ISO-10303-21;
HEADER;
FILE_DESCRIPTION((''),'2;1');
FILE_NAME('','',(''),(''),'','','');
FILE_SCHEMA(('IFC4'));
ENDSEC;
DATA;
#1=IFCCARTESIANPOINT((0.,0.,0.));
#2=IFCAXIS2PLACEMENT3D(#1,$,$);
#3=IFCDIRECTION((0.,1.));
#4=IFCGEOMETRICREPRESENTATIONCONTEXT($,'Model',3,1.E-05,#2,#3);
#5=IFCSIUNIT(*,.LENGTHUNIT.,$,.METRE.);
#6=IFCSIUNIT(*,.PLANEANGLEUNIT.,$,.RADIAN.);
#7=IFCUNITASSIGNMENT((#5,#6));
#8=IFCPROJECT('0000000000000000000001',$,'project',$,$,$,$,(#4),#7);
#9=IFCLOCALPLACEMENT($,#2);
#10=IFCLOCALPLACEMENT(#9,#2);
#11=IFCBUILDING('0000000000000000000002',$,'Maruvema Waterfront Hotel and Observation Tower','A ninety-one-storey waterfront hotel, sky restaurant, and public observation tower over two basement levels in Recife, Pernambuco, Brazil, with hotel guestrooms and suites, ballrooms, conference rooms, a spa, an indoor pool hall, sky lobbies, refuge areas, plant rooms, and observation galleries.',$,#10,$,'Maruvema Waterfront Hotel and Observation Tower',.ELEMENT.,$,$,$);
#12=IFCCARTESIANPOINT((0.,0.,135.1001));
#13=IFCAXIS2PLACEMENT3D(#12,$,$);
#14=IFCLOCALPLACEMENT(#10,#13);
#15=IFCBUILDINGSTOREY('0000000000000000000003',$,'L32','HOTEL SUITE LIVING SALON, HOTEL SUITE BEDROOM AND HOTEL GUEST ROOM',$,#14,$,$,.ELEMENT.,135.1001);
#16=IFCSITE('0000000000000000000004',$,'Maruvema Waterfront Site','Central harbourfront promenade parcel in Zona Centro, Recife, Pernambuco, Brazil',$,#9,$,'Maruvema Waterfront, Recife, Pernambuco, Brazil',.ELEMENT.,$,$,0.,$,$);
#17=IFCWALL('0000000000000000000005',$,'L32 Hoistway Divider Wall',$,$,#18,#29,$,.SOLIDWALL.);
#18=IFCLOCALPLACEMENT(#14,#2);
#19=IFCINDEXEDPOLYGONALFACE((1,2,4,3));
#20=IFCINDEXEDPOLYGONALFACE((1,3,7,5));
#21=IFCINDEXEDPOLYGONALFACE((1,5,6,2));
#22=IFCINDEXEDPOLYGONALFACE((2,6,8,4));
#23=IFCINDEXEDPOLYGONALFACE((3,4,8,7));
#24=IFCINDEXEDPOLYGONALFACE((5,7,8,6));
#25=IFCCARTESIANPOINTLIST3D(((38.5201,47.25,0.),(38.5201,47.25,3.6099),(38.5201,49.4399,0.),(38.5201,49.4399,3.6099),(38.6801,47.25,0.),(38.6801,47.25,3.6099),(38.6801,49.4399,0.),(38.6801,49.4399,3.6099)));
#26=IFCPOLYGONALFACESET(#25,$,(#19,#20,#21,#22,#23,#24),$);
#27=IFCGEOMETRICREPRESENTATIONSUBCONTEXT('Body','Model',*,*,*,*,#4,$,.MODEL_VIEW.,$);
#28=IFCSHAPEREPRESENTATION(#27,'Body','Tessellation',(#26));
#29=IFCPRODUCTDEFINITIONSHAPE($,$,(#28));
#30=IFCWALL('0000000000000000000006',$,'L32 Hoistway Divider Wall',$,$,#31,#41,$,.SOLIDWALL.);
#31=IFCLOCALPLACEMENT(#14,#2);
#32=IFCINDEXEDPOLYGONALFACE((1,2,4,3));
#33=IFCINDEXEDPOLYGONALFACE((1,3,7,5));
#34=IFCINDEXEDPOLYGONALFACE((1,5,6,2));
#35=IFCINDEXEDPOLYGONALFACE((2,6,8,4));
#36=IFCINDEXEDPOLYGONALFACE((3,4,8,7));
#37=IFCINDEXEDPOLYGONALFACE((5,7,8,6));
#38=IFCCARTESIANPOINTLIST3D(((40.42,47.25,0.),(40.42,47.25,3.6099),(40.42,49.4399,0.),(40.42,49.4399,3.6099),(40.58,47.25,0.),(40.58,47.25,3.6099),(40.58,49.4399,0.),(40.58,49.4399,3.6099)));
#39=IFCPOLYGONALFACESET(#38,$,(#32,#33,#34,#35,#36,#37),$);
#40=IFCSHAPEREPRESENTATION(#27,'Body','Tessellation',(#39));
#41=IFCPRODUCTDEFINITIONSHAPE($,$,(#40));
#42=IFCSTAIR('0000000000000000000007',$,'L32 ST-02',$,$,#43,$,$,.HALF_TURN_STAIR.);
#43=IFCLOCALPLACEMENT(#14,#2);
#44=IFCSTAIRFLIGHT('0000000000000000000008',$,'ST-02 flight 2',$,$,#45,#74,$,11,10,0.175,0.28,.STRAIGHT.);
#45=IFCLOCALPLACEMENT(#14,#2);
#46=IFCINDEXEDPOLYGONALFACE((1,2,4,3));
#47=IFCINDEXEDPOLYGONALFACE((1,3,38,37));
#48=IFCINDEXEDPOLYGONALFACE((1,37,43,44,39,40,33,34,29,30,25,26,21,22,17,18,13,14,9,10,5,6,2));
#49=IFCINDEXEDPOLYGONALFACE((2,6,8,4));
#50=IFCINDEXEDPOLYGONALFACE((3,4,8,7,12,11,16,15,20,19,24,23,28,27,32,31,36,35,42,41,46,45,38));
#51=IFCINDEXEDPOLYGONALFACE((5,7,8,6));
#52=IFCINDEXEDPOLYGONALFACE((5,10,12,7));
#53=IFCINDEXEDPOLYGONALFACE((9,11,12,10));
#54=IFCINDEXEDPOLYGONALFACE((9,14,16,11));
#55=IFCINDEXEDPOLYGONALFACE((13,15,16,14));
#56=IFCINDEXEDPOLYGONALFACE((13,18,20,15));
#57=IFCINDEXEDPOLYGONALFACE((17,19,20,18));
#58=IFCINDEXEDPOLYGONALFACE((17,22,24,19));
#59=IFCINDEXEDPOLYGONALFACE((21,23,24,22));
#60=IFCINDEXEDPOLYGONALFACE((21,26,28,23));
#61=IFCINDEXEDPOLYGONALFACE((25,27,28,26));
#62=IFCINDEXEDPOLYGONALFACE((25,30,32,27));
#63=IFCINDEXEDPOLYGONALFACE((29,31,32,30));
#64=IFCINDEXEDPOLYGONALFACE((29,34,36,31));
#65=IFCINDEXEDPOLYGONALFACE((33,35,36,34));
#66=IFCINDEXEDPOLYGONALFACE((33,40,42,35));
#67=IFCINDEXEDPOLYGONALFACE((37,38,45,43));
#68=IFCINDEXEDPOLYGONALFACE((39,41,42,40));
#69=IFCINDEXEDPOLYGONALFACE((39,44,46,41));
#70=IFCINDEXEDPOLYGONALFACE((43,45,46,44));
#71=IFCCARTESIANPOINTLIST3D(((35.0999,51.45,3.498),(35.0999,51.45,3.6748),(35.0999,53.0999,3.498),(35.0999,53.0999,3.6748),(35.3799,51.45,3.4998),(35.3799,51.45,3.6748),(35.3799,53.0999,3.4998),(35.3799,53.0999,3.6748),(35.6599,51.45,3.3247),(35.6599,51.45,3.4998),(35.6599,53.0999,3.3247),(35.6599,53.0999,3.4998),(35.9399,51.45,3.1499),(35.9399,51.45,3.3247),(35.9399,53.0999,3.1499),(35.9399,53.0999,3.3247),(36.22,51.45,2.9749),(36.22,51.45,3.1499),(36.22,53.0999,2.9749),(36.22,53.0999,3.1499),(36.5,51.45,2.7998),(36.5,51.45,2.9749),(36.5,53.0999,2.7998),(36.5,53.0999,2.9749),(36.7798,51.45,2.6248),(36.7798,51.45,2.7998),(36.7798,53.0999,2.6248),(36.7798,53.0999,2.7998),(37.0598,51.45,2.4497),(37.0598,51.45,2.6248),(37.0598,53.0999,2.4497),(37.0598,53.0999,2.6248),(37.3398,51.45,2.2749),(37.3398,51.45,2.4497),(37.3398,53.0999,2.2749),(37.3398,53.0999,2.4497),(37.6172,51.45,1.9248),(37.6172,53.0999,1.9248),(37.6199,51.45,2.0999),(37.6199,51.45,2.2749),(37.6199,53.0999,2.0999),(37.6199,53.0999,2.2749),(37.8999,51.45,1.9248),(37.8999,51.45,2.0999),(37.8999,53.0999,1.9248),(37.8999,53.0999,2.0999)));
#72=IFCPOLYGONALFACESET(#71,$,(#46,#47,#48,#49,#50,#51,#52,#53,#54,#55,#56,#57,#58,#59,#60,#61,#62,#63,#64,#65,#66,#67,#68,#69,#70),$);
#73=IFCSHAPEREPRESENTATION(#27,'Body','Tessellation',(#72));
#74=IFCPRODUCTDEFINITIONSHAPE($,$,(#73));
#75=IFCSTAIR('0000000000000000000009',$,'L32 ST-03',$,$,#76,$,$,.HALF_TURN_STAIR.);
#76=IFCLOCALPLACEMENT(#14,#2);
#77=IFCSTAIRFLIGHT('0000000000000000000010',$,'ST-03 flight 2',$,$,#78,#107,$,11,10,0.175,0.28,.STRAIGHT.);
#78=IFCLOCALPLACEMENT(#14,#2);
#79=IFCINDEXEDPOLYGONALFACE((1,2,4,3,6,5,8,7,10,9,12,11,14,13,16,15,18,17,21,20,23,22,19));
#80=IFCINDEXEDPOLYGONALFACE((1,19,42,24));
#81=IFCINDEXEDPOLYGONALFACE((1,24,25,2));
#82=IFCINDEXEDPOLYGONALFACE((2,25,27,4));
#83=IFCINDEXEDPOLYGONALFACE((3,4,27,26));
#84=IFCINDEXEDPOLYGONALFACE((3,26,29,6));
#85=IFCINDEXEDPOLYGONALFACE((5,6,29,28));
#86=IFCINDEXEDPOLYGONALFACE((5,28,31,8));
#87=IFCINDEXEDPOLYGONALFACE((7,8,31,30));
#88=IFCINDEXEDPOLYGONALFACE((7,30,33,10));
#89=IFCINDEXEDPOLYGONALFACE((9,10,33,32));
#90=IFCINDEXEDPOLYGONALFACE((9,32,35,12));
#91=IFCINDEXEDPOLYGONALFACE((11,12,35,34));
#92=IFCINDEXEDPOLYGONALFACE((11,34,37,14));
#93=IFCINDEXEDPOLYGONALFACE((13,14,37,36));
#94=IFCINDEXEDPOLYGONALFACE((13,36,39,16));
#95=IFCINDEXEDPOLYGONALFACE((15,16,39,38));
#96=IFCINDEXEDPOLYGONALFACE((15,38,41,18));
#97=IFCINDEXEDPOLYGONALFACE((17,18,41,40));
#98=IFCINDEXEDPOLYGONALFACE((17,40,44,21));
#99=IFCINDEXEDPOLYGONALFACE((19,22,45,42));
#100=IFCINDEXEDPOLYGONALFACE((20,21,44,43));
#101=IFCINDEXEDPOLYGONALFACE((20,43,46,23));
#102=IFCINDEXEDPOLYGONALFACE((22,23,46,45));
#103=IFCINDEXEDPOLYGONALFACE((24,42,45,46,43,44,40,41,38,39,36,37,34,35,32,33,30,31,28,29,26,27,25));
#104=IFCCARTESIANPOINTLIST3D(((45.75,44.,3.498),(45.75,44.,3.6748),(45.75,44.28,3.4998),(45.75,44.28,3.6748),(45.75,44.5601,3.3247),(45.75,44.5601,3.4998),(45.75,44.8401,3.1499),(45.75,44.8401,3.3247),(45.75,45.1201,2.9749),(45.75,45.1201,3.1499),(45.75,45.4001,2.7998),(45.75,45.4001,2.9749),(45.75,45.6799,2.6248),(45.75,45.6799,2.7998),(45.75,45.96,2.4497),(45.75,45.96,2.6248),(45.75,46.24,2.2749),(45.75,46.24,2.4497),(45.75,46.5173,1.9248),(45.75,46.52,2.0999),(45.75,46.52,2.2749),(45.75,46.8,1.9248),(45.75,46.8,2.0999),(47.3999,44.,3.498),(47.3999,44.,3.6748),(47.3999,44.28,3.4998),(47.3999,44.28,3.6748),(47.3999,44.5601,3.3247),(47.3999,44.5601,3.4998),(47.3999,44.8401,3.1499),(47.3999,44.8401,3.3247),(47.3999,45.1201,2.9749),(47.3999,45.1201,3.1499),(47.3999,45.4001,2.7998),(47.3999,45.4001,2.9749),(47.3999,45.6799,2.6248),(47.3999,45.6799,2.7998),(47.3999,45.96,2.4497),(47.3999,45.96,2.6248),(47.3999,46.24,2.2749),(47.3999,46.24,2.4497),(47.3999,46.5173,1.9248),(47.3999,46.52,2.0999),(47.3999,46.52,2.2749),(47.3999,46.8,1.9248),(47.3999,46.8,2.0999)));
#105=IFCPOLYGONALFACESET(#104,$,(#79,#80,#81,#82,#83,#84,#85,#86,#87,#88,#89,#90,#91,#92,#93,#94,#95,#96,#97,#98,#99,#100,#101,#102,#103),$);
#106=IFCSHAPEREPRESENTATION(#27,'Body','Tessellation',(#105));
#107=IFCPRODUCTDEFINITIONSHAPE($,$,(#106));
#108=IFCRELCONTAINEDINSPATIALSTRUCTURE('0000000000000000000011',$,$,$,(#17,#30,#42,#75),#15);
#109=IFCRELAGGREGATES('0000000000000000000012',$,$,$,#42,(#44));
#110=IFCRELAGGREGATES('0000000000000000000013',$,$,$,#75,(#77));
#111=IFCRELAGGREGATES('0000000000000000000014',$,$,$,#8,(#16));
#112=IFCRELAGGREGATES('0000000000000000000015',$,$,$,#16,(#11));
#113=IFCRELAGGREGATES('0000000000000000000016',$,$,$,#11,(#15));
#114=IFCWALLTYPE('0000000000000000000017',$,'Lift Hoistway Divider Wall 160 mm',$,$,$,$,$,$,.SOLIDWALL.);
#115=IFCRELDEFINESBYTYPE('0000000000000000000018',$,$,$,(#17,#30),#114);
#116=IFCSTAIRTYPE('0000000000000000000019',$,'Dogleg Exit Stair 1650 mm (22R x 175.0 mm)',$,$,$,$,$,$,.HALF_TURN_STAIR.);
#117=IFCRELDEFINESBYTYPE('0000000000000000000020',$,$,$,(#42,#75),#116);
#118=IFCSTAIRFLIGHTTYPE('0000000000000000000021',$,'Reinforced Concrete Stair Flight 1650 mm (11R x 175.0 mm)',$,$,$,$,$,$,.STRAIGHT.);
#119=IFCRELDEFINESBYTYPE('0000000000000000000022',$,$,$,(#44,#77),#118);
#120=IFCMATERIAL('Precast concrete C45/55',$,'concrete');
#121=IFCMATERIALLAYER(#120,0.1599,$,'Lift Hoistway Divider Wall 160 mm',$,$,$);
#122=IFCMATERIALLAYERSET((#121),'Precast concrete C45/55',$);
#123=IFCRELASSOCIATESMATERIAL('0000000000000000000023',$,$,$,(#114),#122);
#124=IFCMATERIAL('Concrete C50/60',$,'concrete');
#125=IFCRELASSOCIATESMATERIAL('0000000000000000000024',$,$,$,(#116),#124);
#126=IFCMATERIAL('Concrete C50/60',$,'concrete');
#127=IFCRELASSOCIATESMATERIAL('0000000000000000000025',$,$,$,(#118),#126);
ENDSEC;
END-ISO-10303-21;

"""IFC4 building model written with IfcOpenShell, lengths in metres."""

from ifc_helpers import new_model, si_unit, direction, frame, frame_2d, origin, place, context, subcontext, project, spatial, polyline, rectangle, outline, extrude, material, layer, layer_set, type_object, element, aggregate, save


model = new_model("IFC4")

# Units and contexts
model_context = context("Model", 3, precision=1e-05, world=origin(), true_north=direction((0.0, 1.0)))
body_context = subcontext(model_context, "Body", "Model", "MODEL_VIEW")
ifc_project = project(units=[si_unit("LENGTHUNIT", "METRE"), si_unit("PLANEANGLEUNIT", "RADIAN")], contexts=[model_context])

# Site, building, storey
site_placement = place(None, origin())
site = spatial("IfcSite", under=ifc_project, at=site_placement, Name="Maruvema Waterfront Site", Description="Central harbourfront promenade parcel in Zona Centro, Recife, Pernambuco, Brazil", LongName="Maruvema Waterfront, Recife, Pernambuco, Brazil", CompositionType="ELEMENT", RefElevation=0.0)
building_placement = place(site_placement, origin())
building = spatial("IfcBuilding", under=site, at=building_placement, Name="Maruvema Waterfront Hotel and Observation Tower", Description="A ninety-one-storey waterfront hotel, sky restaurant, and public observation tower over two basement levels in Recife, Pernambuco, Brazil, with hotel guestrooms and suites, ballrooms, conference rooms, a spa, an indoor pool hall, sky lobbies, refuge areas, plant rooms, and observation galleries.", LongName="Maruvema Waterfront Hotel and Observation Tower", CompositionType="ELEMENT")
storey_placement = place(building_placement, frame((0.0, 0.0, 135.1001)))
storey = spatial("IfcBuildingStorey", under=building, at=storey_placement, Name="L32", Description="HOTEL SUITE LIVING SALON, HOTEL SUITE BEDROOM AND HOTEL GUEST ROOM", CompositionType="ELEMENT", Elevation=135.1001)

# Walls
ifc_material_1 = material(Name="Precast concrete C45/55", Category="concrete")
ifc_layer_1 = layer(ifc_material_1, 0.1599, Name="Lift Hoistway Divider Wall 160 mm")
ifc_layer_set_1 = layer_set([ifc_layer_1], Name="Precast concrete C45/55")
wall_type_1 = type_object("IfcWallType", Name="Lift Hoistway Divider Wall 160 mm", PredefinedType="SOLIDWALL", material=ifc_layer_set_1)
for number, where, z_axis, x_axis, name in (
    (1, (38.6001, 47.25, 0.0), (0.0, 0.0, 1.0), (0.0, 1.0, 0.0), "L32 Hoistway Divider Wall"),
    (2, (40.5, 47.25, 0.0), (0.0, 0.0, 1.0), (0.0, 1.0, 0.0), "L32 Hoistway Divider Wall"),
):
    element("IfcWall", number, at=place(storey_placement, frame(where, z_axis=z_axis, x_axis=x_axis)), inside=storey, type_object=wall_type_1, Name=name, PredefinedType="SOLIDWALL", context=body_context, shape_type="SweptSolid", body=[
        extrude(rectangle(XDim=2.1899, YDim=0.1599, at=frame_2d((1.095, 0.0))), origin(), (0.0, 0.0, 1.0), 3.6099),
    ])

# Stairs, stair flights
ifc_material_2 = material(Name="Concrete C50/60", Category="concrete")
stair_type = type_object("IfcStairType", Name="Dogleg Exit Stair 1650 mm (22R x 175.0 mm)", PredefinedType="HALF_TURN_STAIR", material=ifc_material_2)
stair_1_placement = place(storey_placement, origin())
stair_1 = element("IfcStair", 3, at=stair_1_placement, inside=storey, type_object=stair_type, Name="L32 ST-02", PredefinedType="HALF_TURN_STAIR")
ifc_material_3 = material(Name="Concrete C50/60", Category="concrete")
stair_flight_type = type_object("IfcStairFlightType", Name="Reinforced Concrete Stair Flight 1650 mm (11R x 175.0 mm)", PredefinedType="STRAIGHT", material=ifc_material_3)
stair_flight_1_placement = place(storey_placement, frame((37.8999, 52.2749, 1.9248), z_axis=(0.0, 0.0, 1.0), x_axis=(-1.0, 0.0, 0.0)))
stair_flight_1 = element("IfcStairFlight", 4, at=stair_flight_1_placement, type_object=stair_flight_type, Name="ST-02 flight 2", NumberOfRisers=11, NumberOfTreads=10, PredefinedType="STRAIGHT", RiserHeight=0.175, TreadLength=0.28, context=body_context, shape_type="SweptSolid", body=[
    extrude(outline(polyline([(0.0, 0.0), (0.0, 0.175), (0.28, 0.175), (0.28, 0.3501), (0.5601, 0.3501), (0.5601, 0.5249), (0.8401, 0.5249), (0.8401, 0.7), (1.1201, 0.7), (1.1201, 0.875), (1.3999, 0.875), (1.3999, 1.05), (1.6799, 1.05), (1.6799, 1.2251), (1.96, 1.2251), (1.96, 1.3999), (2.24, 1.3999), (2.24, 1.575), (2.52, 1.575), (2.52, 1.75), (2.8, 1.75), (2.8, 1.925), (2.8, 1.5732), (0.2827, 0.0), (0.0, 0.0)])), frame((0.0, 0.825, 0.0), z_axis=(0.0, -1.0, 0.0), x_axis=(1.0, 0.0, 0.0)), (0.0, 0.0, 1.0), 1.6499),
])
aggregate(stair_1, [stair_flight_1])
stair_2_placement = place(storey_placement, origin())
stair_2 = element("IfcStair", 5, at=stair_2_placement, inside=storey, type_object=stair_type, Name="L32 ST-03", PredefinedType="HALF_TURN_STAIR")
stair_flight_2_placement = place(storey_placement, frame((46.575, 46.8, 1.9248), z_axis=(0.0, 0.0, 1.0), x_axis=(0.0, -1.0, 0.0)))
stair_flight_2 = element("IfcStairFlight", 6, at=stair_flight_2_placement, type_object=stair_flight_type, Name="ST-03 flight 2", NumberOfRisers=11, NumberOfTreads=10, PredefinedType="STRAIGHT", RiserHeight=0.175, TreadLength=0.28, context=body_context, shape_type="SweptSolid", body=[
    extrude(outline(polyline([(0.0, 0.0), (0.0, 0.175), (0.28, 0.175), (0.28, 0.3501), (0.5601, 0.3501), (0.5601, 0.5249), (0.8401, 0.5249), (0.8401, 0.7), (1.1201, 0.7), (1.1201, 0.875), (1.3999, 0.875), (1.3999, 1.05), (1.6799, 1.05), (1.6799, 1.2251), (1.96, 1.2251), (1.96, 1.3999), (2.24, 1.3999), (2.24, 1.575), (2.52, 1.575), (2.52, 1.75), (2.8, 1.75), (2.8, 1.925), (2.8, 1.5732), (0.2827, 0.0), (0.0, 0.0)])), frame((0.0, 0.825, 0.0), z_axis=(0.0, -1.0, 0.0), x_axis=(1.0, 0.0, 0.0)), (0.0, 0.0, 1.0), 1.6499),
])
aggregate(stair_2, [stair_flight_2])

save(model, "model.ifc")
